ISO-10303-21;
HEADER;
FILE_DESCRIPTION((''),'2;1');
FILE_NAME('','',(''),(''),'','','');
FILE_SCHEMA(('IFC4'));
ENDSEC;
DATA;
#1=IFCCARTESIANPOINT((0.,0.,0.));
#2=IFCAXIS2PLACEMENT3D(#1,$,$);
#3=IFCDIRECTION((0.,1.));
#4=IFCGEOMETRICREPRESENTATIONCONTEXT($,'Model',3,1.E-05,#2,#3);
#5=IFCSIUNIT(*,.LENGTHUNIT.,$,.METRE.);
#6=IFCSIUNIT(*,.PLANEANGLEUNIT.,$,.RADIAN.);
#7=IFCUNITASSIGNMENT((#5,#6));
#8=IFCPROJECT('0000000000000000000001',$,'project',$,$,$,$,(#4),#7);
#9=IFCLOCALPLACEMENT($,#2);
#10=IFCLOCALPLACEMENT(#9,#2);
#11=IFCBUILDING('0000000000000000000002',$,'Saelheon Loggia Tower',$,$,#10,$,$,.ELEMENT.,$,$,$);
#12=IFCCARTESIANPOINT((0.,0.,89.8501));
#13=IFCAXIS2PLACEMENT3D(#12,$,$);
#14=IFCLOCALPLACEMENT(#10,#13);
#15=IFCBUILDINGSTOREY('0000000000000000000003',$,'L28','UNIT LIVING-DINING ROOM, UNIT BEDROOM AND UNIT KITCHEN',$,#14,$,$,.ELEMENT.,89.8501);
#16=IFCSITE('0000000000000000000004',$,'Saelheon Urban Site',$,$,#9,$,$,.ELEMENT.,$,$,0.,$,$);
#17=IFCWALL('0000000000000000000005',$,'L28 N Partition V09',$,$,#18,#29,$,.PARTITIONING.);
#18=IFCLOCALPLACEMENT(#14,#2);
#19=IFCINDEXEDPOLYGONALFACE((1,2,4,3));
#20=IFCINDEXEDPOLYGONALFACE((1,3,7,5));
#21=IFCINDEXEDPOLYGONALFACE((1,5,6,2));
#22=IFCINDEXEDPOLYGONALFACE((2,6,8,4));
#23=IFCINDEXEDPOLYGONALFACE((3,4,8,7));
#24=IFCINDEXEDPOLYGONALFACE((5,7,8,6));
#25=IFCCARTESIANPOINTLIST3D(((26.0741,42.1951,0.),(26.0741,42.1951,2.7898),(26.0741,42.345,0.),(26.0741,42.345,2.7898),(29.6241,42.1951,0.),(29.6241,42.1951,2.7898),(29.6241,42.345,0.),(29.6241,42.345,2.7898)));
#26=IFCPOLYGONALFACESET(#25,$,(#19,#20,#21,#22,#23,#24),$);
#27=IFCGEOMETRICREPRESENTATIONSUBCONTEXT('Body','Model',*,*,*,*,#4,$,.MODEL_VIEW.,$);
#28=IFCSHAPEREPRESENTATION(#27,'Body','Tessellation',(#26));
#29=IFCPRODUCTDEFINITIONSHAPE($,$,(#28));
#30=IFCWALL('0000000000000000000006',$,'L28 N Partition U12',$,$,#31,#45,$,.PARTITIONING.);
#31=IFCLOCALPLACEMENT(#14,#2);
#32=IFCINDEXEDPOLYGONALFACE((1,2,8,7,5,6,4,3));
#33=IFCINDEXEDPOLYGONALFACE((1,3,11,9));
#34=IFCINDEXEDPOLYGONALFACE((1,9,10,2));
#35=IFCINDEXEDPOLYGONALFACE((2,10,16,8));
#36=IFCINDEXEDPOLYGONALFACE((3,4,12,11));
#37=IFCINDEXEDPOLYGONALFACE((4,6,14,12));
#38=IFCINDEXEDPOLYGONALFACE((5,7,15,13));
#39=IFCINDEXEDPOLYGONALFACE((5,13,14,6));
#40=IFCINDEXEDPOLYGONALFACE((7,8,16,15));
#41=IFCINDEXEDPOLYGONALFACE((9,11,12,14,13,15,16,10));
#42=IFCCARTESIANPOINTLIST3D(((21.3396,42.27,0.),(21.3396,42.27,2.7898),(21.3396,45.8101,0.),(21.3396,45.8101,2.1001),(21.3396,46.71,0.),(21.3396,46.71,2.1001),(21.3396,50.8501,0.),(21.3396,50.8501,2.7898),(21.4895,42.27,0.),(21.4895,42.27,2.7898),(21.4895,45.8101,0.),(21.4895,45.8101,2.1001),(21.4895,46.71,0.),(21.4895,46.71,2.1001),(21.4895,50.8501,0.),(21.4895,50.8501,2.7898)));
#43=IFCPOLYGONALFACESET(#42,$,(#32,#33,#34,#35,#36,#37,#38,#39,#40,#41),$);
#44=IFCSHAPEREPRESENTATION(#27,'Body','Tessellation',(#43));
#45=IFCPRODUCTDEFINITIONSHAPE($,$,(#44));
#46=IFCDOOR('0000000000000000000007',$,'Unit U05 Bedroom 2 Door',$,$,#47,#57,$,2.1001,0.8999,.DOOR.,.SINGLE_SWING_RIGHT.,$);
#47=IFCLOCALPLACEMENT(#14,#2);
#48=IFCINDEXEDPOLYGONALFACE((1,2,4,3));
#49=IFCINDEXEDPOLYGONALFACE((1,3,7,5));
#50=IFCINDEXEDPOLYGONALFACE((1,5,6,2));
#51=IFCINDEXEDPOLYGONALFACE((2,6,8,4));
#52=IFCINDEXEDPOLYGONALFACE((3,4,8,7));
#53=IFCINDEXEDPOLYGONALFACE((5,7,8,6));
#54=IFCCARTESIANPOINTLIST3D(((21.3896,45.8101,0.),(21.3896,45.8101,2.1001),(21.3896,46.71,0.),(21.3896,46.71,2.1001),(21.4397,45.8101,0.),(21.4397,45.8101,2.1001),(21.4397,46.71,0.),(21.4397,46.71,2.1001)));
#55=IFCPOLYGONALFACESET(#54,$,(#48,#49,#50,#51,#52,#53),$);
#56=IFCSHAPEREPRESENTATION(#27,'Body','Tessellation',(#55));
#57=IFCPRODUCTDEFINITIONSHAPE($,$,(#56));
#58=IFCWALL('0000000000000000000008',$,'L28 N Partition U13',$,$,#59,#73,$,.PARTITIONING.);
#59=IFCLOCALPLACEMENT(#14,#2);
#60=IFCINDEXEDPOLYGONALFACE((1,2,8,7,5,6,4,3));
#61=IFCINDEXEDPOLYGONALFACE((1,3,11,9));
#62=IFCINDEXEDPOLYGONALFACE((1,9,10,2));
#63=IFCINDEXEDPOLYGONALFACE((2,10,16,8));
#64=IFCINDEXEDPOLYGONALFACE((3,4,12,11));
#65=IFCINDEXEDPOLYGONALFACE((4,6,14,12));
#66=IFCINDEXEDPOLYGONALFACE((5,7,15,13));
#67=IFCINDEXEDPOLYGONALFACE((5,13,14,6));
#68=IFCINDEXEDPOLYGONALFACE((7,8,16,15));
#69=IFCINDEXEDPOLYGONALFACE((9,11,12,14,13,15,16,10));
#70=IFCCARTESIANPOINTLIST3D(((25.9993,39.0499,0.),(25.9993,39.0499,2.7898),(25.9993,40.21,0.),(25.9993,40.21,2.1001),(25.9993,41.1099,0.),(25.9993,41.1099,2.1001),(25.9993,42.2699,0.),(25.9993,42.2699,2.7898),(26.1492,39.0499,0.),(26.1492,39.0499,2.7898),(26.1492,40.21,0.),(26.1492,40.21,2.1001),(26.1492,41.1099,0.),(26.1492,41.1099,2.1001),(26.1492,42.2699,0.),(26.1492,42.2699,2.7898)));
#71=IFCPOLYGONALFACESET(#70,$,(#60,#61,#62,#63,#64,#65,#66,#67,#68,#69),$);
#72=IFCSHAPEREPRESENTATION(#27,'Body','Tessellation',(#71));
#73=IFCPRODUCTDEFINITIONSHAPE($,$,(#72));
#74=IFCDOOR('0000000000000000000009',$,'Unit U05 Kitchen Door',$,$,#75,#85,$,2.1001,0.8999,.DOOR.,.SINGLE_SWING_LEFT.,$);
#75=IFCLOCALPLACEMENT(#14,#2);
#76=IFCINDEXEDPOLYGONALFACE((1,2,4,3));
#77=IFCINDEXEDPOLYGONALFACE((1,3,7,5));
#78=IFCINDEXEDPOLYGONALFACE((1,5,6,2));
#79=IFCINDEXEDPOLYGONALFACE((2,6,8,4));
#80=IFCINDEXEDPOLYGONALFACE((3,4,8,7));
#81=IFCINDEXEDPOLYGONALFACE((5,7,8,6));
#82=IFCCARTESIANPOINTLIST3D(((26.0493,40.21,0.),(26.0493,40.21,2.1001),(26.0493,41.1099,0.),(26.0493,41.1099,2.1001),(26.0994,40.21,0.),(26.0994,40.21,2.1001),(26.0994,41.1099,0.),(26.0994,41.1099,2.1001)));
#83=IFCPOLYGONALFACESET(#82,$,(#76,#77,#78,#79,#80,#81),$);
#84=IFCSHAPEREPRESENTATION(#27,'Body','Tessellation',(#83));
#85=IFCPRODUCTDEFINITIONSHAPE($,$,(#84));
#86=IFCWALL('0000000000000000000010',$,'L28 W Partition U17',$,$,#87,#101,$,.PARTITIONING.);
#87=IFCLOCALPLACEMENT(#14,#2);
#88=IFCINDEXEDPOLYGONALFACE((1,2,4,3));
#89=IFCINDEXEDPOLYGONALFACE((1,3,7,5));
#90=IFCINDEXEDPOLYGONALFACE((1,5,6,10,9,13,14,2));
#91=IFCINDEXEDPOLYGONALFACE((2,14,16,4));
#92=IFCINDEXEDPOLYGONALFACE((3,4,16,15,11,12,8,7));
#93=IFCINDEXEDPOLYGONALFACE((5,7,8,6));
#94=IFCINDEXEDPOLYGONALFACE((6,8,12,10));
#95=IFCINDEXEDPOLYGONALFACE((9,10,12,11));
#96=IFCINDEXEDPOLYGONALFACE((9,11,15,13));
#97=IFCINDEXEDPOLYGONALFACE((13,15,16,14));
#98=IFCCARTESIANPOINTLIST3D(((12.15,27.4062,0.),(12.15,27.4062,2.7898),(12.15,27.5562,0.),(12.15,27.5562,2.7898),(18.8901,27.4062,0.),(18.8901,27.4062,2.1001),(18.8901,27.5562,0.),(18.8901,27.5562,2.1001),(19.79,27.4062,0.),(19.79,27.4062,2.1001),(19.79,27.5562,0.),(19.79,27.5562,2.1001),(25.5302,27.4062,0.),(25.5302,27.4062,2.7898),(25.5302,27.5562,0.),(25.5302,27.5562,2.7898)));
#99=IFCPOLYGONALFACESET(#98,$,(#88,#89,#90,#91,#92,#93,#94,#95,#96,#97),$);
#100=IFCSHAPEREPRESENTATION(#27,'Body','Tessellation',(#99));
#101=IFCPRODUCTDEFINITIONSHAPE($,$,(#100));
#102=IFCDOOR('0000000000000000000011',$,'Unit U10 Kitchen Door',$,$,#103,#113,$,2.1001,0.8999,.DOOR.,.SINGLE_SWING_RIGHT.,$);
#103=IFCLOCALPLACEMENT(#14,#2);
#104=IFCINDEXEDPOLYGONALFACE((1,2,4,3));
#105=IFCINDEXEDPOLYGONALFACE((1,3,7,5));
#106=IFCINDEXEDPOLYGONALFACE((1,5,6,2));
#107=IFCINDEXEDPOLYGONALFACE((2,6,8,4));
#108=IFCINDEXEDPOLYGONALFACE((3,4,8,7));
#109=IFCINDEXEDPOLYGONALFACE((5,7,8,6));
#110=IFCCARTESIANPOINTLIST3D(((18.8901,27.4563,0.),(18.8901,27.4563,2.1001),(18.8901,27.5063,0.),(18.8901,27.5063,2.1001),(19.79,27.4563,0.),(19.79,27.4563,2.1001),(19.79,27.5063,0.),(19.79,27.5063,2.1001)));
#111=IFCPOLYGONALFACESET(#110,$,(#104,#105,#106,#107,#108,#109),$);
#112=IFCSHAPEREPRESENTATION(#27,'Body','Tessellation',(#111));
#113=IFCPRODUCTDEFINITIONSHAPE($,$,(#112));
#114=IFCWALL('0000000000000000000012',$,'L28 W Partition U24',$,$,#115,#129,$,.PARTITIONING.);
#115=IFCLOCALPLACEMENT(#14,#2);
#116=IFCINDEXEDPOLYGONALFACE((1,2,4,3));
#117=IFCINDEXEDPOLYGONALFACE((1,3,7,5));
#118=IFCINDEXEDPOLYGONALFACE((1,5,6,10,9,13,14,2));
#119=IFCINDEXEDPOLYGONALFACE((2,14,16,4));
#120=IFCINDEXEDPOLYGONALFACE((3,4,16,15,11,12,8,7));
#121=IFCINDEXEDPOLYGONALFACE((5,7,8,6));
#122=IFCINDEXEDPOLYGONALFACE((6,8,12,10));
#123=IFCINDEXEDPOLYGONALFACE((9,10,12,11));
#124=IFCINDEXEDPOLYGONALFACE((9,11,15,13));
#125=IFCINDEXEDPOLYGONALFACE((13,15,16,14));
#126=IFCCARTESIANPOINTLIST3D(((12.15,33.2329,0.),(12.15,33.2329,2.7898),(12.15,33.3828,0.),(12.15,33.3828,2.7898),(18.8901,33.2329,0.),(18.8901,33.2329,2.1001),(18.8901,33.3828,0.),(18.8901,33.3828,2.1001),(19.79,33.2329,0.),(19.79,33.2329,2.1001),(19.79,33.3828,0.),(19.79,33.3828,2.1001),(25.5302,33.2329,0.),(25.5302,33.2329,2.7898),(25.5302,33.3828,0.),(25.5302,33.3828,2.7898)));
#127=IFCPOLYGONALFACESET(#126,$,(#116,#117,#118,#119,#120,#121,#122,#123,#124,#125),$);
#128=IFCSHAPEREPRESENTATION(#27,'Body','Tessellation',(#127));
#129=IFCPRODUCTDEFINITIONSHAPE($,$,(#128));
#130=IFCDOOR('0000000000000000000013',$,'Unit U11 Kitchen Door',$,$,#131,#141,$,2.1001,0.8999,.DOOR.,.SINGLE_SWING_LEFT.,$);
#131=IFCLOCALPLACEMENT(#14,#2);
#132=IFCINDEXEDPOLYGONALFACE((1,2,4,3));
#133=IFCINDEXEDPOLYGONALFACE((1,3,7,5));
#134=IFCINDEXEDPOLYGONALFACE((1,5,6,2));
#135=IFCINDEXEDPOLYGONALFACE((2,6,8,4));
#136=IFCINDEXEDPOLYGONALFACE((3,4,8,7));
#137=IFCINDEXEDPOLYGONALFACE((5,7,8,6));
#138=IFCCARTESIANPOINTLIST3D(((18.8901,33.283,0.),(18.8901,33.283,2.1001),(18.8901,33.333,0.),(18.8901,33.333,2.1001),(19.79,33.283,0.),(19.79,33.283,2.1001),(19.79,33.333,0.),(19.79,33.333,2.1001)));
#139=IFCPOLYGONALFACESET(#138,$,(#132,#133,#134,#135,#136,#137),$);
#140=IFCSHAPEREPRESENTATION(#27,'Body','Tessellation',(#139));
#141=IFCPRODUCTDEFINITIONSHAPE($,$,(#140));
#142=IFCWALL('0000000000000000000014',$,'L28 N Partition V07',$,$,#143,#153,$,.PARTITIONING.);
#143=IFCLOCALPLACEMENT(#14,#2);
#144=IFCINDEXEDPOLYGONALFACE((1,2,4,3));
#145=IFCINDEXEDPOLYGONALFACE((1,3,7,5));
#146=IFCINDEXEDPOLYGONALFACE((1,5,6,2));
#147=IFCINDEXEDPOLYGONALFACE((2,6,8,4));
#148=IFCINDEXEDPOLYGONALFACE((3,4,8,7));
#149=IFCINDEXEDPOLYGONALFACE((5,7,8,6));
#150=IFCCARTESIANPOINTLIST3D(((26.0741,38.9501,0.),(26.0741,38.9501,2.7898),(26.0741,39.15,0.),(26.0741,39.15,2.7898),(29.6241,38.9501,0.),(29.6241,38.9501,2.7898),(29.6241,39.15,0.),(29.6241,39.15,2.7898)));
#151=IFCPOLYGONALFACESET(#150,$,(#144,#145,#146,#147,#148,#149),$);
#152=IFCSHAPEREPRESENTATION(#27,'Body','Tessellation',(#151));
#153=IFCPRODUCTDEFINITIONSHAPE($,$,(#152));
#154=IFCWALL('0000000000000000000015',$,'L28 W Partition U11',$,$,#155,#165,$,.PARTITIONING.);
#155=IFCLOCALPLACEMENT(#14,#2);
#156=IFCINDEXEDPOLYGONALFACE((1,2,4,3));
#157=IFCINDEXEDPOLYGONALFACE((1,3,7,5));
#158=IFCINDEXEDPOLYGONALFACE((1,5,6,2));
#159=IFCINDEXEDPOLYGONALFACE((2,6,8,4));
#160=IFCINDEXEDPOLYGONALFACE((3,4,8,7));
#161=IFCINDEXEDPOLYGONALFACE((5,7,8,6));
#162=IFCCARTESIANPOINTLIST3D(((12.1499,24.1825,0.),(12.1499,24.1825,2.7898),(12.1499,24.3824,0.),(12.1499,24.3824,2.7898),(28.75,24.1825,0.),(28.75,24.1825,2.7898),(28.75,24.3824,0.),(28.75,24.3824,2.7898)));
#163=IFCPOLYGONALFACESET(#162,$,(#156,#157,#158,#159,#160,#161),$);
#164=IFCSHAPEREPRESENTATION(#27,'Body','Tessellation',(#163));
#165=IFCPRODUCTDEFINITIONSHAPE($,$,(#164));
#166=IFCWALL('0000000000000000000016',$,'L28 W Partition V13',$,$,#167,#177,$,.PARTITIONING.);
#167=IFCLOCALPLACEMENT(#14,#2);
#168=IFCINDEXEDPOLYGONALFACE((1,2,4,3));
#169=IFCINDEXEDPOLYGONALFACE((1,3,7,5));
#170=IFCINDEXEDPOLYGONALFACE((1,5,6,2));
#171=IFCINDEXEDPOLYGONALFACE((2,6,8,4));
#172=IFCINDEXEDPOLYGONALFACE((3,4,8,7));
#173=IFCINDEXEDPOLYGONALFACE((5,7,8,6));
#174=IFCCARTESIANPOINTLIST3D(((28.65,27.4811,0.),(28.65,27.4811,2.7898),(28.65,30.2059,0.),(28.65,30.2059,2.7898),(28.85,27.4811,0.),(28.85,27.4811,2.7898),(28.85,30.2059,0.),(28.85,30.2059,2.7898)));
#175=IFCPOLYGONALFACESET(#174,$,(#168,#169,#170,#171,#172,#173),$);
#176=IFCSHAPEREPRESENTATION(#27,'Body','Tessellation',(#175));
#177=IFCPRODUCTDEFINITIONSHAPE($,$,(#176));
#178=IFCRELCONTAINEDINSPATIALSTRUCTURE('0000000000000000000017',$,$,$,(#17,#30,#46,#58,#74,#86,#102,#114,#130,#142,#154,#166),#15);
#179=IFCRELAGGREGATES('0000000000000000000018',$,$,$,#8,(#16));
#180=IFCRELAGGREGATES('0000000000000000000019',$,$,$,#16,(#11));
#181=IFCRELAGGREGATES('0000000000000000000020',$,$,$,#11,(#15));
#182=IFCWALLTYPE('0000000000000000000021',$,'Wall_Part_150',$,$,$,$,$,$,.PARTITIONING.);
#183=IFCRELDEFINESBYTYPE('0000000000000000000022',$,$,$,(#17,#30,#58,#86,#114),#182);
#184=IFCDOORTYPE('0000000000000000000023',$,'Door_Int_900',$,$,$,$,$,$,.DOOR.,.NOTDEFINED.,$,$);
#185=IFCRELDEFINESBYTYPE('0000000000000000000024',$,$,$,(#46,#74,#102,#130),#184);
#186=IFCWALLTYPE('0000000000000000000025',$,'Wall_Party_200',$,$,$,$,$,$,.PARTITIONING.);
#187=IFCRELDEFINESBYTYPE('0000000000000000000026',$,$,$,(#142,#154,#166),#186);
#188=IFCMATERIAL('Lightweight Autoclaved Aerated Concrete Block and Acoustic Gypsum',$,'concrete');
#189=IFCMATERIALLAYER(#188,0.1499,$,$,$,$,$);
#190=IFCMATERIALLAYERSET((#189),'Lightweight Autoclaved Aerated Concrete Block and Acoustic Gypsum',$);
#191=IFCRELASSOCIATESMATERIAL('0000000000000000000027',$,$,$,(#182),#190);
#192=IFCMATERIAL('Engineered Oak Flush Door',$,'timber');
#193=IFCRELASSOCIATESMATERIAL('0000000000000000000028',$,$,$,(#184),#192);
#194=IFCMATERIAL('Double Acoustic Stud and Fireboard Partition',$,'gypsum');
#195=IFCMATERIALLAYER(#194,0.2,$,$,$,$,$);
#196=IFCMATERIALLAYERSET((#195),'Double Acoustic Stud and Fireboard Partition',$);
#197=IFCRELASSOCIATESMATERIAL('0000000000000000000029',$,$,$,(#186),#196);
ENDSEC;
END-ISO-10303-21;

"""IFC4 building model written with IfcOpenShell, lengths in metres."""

from ifc_helpers import new_model, si_unit, direction, frame, frame_2d, origin, place, context, subcontext, project, spatial, rectangle, extrude, source, transform, mapped, material, layer, layer_set, type_object, element, fill, save


model = new_model("IFC4")

# Units and contexts
model_context = context("Model", 3, precision=1e-05, world=origin(), true_north=direction((0.0, 1.0)))
body_context = subcontext(model_context, "Body", "Model", "MODEL_VIEW")
ifc_project = project(units=[si_unit("LENGTHUNIT", "METRE"), si_unit("PLANEANGLEUNIT", "RADIAN")], contexts=[model_context])

# Site, building, storey
site_placement = place(None, origin())
site = spatial("IfcSite", under=ifc_project, at=site_placement, Name="Saelheon Urban Site", CompositionType="ELEMENT", RefElevation=0.0)
building_placement = place(site_placement, origin())
building = spatial("IfcBuilding", under=site, at=building_placement, Name="Saelheon Loggia Tower", CompositionType="ELEMENT")
storey_placement = place(building_placement, frame((0.0, 0.0, 89.8501)))
storey = spatial("IfcBuildingStorey", under=building, at=storey_placement, Name="L28", Description="UNIT LIVING-DINING ROOM, UNIT BEDROOM AND UNIT KITCHEN", CompositionType="ELEMENT", Elevation=89.8501)

# Wall
ifc_material_1 = material(Name="Lightweight Autoclaved Aerated Concrete Block and Acoustic Gypsum", Category="concrete")
ifc_layer_1 = layer(ifc_material_1, 0.1499)
ifc_layer_set_1 = layer_set([ifc_layer_1], Name="Lightweight Autoclaved Aerated Concrete Block and Acoustic Gypsum")
wall_type_1 = type_object("IfcWallType", Name="Wall_Part_150", PredefinedType="PARTITIONING", material=ifc_layer_set_1)
wall_1_placement = place(storey_placement, frame((26.0742, 42.27, 0.0), z_axis=(0.0, 0.0, 1.0), x_axis=(1.0, 0.0, 0.0)))
element("IfcWall", 1, at=wall_1_placement, inside=storey, type_object=wall_type_1, Name="L28 N Partition V09", PredefinedType="PARTITIONING", context=body_context, shape_type="SweptSolid", body=[
    extrude(rectangle(XDim=3.55, YDim=0.1499, at=frame_2d((1.7749, 0.0))), origin(), (0.0, 0.0, 1.0), 2.7898),
])

# Walls, openings, doors
wall_2_placement = place(storey_placement, frame((21.4146, 42.27, 0.0), z_axis=(0.0, 0.0, 1.0), x_axis=(0.0, 1.0, 0.0)))
wall_2 = element("IfcWall", 2, at=wall_2_placement, inside=storey, type_object=wall_type_1, Name="L28 N Partition U12", PredefinedType="PARTITIONING", context=body_context, shape_type="SweptSolid", body=[
    extrude(rectangle(XDim=8.5801, YDim=0.1499, at=frame_2d((4.29, 0.0))), origin(), (0.0, 0.0, 1.0), 2.7898),
])
opening_1_placement = place(wall_2_placement, frame((3.54, 0.0, 0.0)))
opening_1 = element("IfcOpeningElement", 3, at=opening_1_placement, cuts=wall_2, PredefinedType="OPENING", context=body_context, shape_type="SweptSolid", body=[
    extrude(rectangle(XDim=0.8999, YDim=2.1001, at=frame_2d((0.45, 1.05))), frame((0.0, 0.0869, 0.0), z_axis=(0.0, -1.0, 0.0), x_axis=(1.0, 0.0, 0.0)), (0.0, 0.0, 1.0), 0.1738),
])
ifc_material_2 = material(Name="Engineered Oak Flush Door", Category="timber")
door_type_1 = type_object("IfcDoorType", Name="Door_Int_900", OperationType="NOTDEFINED", PredefinedType="DOOR", material=ifc_material_2)
shared_shape_1 = source(origin(), body_context, "Body", "SweptSolid", [
    extrude(rectangle(XDim=0.8999, YDim=2.1001, at=frame_2d((0.45, 1.05))), frame((0.0, 0.0249, 0.0), z_axis=(0.0, -1.0, 0.0), x_axis=(1.0, 0.0, 0.0)), (0.0, 0.0, 1.0), 0.05),
])
door_1_placement = place(opening_1_placement, origin())
door_1 = element("IfcDoor", 4, at=door_1_placement, inside=storey, type_object=door_type_1, Name="Unit U05 Bedroom 2 Door", OperationType="SINGLE_SWING_RIGHT", OverallHeight=2.1001, OverallWidth=0.8999, PredefinedType="DOOR", context=body_context, shape_type="MappedRepresentation", body=[
    mapped(shared_shape_1, transform((0.0, 0.0, 0.0), scale=1.0)),
])
fill(opening_1, door_1)
wall_3_placement = place(storey_placement, frame((26.0742, 39.05, 0.0), z_axis=(0.0, 0.0, 1.0), x_axis=(0.0, 1.0, 0.0)))
wall_3 = element("IfcWall", 5, at=wall_3_placement, inside=storey, type_object=wall_type_1, Name="L28 N Partition U13", PredefinedType="PARTITIONING", context=body_context, shape_type="SweptSolid", body=[
    extrude(rectangle(XDim=3.22, YDim=0.1499, at=frame_2d((1.6099, 0.0))), origin(), (0.0, 0.0, 1.0), 2.7898),
])
opening_2_placement = place(wall_3_placement, frame((1.1599, 0.0, 0.0)))
opening_2 = element("IfcOpeningElement", 6, at=opening_2_placement, cuts=wall_3, PredefinedType="OPENING", context=body_context, shape_type="SweptSolid", body=[
    extrude(rectangle(XDim=0.8999, YDim=2.1001, at=frame_2d((0.45, 1.05))), frame((0.0, 0.0869, 0.0), z_axis=(0.0, -1.0, 0.0), x_axis=(1.0, 0.0, 0.0)), (0.0, 0.0, 1.0), 0.1738),
])
door_2_placement = place(opening_2_placement, origin())
door_2 = element("IfcDoor", 7, at=door_2_placement, inside=storey, type_object=door_type_1, Name="Unit U05 Kitchen Door", OperationType="SINGLE_SWING_LEFT", OverallHeight=2.1001, OverallWidth=0.8999, PredefinedType="DOOR", context=body_context, shape_type="MappedRepresentation", body=[
    mapped(shared_shape_1, transform((0.0, 0.0, 0.0), scale=1.0)),
])
fill(opening_2, door_2)
wall_4_placement = place(storey_placement, frame((25.53, 27.4812, 0.0), z_axis=(0.0, 0.0, 1.0), x_axis=(-1.0, 0.0, 0.0)))
wall_4 = element("IfcWall", 8, at=wall_4_placement, inside=storey, type_object=wall_type_1, Name="L28 W Partition U17", PredefinedType="PARTITIONING", context=body_context, shape_type="SweptSolid", body=[
    extrude(rectangle(XDim=13.3801, YDim=0.1499, at=frame_2d((6.6899, 0.0))), origin(), (0.0, 0.0, 1.0), 2.7898),
])
opening_3_placement = place(wall_4_placement, frame((5.74, 0.0, 0.0)))
opening_3 = element("IfcOpeningElement", 9, at=opening_3_placement, cuts=wall_4, PredefinedType="OPENING", context=body_context, shape_type="SweptSolid", body=[
    extrude(rectangle(XDim=0.8999, YDim=2.1001, at=frame_2d((0.45, 1.05))), frame((0.0, 0.0869, 0.0), z_axis=(0.0, -1.0, 0.0), x_axis=(1.0, 0.0, 0.0)), (0.0, 0.0, 1.0), 0.1738),
])
door_3_placement = place(opening_3_placement, origin())
door_3 = element("IfcDoor", 10, at=door_3_placement, inside=storey, type_object=door_type_1, Name="Unit U10 Kitchen Door", OperationType="SINGLE_SWING_RIGHT", OverallHeight=2.1001, OverallWidth=0.8999, PredefinedType="DOOR", context=body_context, shape_type="MappedRepresentation", body=[
    mapped(shared_shape_1, transform((0.0, 0.0, 0.0), scale=1.0)),
])
fill(opening_3, door_3)
wall_5_placement = place(storey_placement, frame((25.53, 33.3079, 0.0), z_axis=(0.0, 0.0, 1.0), x_axis=(-1.0, 0.0, 0.0)))
wall_5 = element("IfcWall", 11, at=wall_5_placement, inside=storey, type_object=wall_type_1, Name="L28 W Partition U24", PredefinedType="PARTITIONING", context=body_context, shape_type="SweptSolid", body=[
    extrude(rectangle(XDim=13.3801, YDim=0.1499, at=frame_2d((6.6899, 0.0))), origin(), (0.0, 0.0, 1.0), 2.7898),
])
opening_4_placement = place(wall_5_placement, frame((5.74, 0.0, 0.0)))
opening_4 = element("IfcOpeningElement", 12, at=opening_4_placement, cuts=wall_5, PredefinedType="OPENING", context=body_context, shape_type="SweptSolid", body=[
    extrude(rectangle(XDim=0.8999, YDim=2.1001, at=frame_2d((0.45, 1.05))), frame((0.0, 0.0869, 0.0), z_axis=(0.0, -1.0, 0.0), x_axis=(1.0, 0.0, 0.0)), (0.0, 0.0, 1.0), 0.1738),
])
door_4_placement = place(opening_4_placement, origin())
door_4 = element("IfcDoor", 13, at=door_4_placement, inside=storey, type_object=door_type_1, Name="Unit U11 Kitchen Door", OperationType="SINGLE_SWING_LEFT", OverallHeight=2.1001, OverallWidth=0.8999, PredefinedType="DOOR", context=body_context, shape_type="MappedRepresentation", body=[
    mapped(shared_shape_1, transform((0.0, 0.0, 0.0), scale=1.0)),
])
fill(opening_4, door_4)

# Walls
ifc_material_3 = material(Name="Double Acoustic Stud and Fireboard Partition", Category="gypsum")
ifc_layer_2 = layer(ifc_material_3, 0.2)
ifc_layer_set_2 = layer_set([ifc_layer_2], Name="Double Acoustic Stud and Fireboard Partition")
wall_type_2 = type_object("IfcWallType", Name="Wall_Party_200", PredefinedType="PARTITIONING", material=ifc_layer_set_2)
wall_6_placement = place(storey_placement, frame((26.0742, 39.05, 0.0), z_axis=(0.0, 0.0, 1.0), x_axis=(1.0, 0.0, 0.0)))
element("IfcWall", 14, at=wall_6_placement, inside=storey, type_object=wall_type_2, Name="L28 N Partition V07", PredefinedType="PARTITIONING", context=body_context, shape_type="SweptSolid", body=[
    extrude(rectangle(XDim=3.55, YDim=0.2, at=frame_2d((1.7749, 0.0))), origin(), (0.0, 0.0, 1.0), 2.7898),
])
wall_7_placement = place(storey_placement, frame((28.75, 24.2825, 0.0), z_axis=(0.0, 0.0, 1.0), x_axis=(-1.0, 0.0, 0.0)))
element("IfcWall", 15, at=wall_7_placement, inside=storey, type_object=wall_type_2, Name="L28 W Partition U11", PredefinedType="PARTITIONING", context=body_context, shape_type="SweptSolid", body=[
    extrude(rectangle(XDim=16.6001, YDim=0.2, at=frame_2d((8.3, 0.0))), origin(), (0.0, 0.0, 1.0), 2.7898),
])

# Wall
wall_8_placement = place(storey_placement, frame((28.75, 27.4812, 0.0), z_axis=(0.0, 0.0, 1.0), x_axis=(0.0, 1.0, 0.0)))
element("IfcWall", 16, at=wall_8_placement, inside=storey, type_object=wall_type_2, Name="L28 W Partition V13", PredefinedType="PARTITIONING", context=body_context, shape_type="SweptSolid", body=[
    extrude(rectangle(XDim=2.7249, YDim=0.2, at=frame_2d((1.3623, 0.0))), origin(), (0.0, 0.0, 1.0), 2.7898),
])

save(model, "model.ifc")
